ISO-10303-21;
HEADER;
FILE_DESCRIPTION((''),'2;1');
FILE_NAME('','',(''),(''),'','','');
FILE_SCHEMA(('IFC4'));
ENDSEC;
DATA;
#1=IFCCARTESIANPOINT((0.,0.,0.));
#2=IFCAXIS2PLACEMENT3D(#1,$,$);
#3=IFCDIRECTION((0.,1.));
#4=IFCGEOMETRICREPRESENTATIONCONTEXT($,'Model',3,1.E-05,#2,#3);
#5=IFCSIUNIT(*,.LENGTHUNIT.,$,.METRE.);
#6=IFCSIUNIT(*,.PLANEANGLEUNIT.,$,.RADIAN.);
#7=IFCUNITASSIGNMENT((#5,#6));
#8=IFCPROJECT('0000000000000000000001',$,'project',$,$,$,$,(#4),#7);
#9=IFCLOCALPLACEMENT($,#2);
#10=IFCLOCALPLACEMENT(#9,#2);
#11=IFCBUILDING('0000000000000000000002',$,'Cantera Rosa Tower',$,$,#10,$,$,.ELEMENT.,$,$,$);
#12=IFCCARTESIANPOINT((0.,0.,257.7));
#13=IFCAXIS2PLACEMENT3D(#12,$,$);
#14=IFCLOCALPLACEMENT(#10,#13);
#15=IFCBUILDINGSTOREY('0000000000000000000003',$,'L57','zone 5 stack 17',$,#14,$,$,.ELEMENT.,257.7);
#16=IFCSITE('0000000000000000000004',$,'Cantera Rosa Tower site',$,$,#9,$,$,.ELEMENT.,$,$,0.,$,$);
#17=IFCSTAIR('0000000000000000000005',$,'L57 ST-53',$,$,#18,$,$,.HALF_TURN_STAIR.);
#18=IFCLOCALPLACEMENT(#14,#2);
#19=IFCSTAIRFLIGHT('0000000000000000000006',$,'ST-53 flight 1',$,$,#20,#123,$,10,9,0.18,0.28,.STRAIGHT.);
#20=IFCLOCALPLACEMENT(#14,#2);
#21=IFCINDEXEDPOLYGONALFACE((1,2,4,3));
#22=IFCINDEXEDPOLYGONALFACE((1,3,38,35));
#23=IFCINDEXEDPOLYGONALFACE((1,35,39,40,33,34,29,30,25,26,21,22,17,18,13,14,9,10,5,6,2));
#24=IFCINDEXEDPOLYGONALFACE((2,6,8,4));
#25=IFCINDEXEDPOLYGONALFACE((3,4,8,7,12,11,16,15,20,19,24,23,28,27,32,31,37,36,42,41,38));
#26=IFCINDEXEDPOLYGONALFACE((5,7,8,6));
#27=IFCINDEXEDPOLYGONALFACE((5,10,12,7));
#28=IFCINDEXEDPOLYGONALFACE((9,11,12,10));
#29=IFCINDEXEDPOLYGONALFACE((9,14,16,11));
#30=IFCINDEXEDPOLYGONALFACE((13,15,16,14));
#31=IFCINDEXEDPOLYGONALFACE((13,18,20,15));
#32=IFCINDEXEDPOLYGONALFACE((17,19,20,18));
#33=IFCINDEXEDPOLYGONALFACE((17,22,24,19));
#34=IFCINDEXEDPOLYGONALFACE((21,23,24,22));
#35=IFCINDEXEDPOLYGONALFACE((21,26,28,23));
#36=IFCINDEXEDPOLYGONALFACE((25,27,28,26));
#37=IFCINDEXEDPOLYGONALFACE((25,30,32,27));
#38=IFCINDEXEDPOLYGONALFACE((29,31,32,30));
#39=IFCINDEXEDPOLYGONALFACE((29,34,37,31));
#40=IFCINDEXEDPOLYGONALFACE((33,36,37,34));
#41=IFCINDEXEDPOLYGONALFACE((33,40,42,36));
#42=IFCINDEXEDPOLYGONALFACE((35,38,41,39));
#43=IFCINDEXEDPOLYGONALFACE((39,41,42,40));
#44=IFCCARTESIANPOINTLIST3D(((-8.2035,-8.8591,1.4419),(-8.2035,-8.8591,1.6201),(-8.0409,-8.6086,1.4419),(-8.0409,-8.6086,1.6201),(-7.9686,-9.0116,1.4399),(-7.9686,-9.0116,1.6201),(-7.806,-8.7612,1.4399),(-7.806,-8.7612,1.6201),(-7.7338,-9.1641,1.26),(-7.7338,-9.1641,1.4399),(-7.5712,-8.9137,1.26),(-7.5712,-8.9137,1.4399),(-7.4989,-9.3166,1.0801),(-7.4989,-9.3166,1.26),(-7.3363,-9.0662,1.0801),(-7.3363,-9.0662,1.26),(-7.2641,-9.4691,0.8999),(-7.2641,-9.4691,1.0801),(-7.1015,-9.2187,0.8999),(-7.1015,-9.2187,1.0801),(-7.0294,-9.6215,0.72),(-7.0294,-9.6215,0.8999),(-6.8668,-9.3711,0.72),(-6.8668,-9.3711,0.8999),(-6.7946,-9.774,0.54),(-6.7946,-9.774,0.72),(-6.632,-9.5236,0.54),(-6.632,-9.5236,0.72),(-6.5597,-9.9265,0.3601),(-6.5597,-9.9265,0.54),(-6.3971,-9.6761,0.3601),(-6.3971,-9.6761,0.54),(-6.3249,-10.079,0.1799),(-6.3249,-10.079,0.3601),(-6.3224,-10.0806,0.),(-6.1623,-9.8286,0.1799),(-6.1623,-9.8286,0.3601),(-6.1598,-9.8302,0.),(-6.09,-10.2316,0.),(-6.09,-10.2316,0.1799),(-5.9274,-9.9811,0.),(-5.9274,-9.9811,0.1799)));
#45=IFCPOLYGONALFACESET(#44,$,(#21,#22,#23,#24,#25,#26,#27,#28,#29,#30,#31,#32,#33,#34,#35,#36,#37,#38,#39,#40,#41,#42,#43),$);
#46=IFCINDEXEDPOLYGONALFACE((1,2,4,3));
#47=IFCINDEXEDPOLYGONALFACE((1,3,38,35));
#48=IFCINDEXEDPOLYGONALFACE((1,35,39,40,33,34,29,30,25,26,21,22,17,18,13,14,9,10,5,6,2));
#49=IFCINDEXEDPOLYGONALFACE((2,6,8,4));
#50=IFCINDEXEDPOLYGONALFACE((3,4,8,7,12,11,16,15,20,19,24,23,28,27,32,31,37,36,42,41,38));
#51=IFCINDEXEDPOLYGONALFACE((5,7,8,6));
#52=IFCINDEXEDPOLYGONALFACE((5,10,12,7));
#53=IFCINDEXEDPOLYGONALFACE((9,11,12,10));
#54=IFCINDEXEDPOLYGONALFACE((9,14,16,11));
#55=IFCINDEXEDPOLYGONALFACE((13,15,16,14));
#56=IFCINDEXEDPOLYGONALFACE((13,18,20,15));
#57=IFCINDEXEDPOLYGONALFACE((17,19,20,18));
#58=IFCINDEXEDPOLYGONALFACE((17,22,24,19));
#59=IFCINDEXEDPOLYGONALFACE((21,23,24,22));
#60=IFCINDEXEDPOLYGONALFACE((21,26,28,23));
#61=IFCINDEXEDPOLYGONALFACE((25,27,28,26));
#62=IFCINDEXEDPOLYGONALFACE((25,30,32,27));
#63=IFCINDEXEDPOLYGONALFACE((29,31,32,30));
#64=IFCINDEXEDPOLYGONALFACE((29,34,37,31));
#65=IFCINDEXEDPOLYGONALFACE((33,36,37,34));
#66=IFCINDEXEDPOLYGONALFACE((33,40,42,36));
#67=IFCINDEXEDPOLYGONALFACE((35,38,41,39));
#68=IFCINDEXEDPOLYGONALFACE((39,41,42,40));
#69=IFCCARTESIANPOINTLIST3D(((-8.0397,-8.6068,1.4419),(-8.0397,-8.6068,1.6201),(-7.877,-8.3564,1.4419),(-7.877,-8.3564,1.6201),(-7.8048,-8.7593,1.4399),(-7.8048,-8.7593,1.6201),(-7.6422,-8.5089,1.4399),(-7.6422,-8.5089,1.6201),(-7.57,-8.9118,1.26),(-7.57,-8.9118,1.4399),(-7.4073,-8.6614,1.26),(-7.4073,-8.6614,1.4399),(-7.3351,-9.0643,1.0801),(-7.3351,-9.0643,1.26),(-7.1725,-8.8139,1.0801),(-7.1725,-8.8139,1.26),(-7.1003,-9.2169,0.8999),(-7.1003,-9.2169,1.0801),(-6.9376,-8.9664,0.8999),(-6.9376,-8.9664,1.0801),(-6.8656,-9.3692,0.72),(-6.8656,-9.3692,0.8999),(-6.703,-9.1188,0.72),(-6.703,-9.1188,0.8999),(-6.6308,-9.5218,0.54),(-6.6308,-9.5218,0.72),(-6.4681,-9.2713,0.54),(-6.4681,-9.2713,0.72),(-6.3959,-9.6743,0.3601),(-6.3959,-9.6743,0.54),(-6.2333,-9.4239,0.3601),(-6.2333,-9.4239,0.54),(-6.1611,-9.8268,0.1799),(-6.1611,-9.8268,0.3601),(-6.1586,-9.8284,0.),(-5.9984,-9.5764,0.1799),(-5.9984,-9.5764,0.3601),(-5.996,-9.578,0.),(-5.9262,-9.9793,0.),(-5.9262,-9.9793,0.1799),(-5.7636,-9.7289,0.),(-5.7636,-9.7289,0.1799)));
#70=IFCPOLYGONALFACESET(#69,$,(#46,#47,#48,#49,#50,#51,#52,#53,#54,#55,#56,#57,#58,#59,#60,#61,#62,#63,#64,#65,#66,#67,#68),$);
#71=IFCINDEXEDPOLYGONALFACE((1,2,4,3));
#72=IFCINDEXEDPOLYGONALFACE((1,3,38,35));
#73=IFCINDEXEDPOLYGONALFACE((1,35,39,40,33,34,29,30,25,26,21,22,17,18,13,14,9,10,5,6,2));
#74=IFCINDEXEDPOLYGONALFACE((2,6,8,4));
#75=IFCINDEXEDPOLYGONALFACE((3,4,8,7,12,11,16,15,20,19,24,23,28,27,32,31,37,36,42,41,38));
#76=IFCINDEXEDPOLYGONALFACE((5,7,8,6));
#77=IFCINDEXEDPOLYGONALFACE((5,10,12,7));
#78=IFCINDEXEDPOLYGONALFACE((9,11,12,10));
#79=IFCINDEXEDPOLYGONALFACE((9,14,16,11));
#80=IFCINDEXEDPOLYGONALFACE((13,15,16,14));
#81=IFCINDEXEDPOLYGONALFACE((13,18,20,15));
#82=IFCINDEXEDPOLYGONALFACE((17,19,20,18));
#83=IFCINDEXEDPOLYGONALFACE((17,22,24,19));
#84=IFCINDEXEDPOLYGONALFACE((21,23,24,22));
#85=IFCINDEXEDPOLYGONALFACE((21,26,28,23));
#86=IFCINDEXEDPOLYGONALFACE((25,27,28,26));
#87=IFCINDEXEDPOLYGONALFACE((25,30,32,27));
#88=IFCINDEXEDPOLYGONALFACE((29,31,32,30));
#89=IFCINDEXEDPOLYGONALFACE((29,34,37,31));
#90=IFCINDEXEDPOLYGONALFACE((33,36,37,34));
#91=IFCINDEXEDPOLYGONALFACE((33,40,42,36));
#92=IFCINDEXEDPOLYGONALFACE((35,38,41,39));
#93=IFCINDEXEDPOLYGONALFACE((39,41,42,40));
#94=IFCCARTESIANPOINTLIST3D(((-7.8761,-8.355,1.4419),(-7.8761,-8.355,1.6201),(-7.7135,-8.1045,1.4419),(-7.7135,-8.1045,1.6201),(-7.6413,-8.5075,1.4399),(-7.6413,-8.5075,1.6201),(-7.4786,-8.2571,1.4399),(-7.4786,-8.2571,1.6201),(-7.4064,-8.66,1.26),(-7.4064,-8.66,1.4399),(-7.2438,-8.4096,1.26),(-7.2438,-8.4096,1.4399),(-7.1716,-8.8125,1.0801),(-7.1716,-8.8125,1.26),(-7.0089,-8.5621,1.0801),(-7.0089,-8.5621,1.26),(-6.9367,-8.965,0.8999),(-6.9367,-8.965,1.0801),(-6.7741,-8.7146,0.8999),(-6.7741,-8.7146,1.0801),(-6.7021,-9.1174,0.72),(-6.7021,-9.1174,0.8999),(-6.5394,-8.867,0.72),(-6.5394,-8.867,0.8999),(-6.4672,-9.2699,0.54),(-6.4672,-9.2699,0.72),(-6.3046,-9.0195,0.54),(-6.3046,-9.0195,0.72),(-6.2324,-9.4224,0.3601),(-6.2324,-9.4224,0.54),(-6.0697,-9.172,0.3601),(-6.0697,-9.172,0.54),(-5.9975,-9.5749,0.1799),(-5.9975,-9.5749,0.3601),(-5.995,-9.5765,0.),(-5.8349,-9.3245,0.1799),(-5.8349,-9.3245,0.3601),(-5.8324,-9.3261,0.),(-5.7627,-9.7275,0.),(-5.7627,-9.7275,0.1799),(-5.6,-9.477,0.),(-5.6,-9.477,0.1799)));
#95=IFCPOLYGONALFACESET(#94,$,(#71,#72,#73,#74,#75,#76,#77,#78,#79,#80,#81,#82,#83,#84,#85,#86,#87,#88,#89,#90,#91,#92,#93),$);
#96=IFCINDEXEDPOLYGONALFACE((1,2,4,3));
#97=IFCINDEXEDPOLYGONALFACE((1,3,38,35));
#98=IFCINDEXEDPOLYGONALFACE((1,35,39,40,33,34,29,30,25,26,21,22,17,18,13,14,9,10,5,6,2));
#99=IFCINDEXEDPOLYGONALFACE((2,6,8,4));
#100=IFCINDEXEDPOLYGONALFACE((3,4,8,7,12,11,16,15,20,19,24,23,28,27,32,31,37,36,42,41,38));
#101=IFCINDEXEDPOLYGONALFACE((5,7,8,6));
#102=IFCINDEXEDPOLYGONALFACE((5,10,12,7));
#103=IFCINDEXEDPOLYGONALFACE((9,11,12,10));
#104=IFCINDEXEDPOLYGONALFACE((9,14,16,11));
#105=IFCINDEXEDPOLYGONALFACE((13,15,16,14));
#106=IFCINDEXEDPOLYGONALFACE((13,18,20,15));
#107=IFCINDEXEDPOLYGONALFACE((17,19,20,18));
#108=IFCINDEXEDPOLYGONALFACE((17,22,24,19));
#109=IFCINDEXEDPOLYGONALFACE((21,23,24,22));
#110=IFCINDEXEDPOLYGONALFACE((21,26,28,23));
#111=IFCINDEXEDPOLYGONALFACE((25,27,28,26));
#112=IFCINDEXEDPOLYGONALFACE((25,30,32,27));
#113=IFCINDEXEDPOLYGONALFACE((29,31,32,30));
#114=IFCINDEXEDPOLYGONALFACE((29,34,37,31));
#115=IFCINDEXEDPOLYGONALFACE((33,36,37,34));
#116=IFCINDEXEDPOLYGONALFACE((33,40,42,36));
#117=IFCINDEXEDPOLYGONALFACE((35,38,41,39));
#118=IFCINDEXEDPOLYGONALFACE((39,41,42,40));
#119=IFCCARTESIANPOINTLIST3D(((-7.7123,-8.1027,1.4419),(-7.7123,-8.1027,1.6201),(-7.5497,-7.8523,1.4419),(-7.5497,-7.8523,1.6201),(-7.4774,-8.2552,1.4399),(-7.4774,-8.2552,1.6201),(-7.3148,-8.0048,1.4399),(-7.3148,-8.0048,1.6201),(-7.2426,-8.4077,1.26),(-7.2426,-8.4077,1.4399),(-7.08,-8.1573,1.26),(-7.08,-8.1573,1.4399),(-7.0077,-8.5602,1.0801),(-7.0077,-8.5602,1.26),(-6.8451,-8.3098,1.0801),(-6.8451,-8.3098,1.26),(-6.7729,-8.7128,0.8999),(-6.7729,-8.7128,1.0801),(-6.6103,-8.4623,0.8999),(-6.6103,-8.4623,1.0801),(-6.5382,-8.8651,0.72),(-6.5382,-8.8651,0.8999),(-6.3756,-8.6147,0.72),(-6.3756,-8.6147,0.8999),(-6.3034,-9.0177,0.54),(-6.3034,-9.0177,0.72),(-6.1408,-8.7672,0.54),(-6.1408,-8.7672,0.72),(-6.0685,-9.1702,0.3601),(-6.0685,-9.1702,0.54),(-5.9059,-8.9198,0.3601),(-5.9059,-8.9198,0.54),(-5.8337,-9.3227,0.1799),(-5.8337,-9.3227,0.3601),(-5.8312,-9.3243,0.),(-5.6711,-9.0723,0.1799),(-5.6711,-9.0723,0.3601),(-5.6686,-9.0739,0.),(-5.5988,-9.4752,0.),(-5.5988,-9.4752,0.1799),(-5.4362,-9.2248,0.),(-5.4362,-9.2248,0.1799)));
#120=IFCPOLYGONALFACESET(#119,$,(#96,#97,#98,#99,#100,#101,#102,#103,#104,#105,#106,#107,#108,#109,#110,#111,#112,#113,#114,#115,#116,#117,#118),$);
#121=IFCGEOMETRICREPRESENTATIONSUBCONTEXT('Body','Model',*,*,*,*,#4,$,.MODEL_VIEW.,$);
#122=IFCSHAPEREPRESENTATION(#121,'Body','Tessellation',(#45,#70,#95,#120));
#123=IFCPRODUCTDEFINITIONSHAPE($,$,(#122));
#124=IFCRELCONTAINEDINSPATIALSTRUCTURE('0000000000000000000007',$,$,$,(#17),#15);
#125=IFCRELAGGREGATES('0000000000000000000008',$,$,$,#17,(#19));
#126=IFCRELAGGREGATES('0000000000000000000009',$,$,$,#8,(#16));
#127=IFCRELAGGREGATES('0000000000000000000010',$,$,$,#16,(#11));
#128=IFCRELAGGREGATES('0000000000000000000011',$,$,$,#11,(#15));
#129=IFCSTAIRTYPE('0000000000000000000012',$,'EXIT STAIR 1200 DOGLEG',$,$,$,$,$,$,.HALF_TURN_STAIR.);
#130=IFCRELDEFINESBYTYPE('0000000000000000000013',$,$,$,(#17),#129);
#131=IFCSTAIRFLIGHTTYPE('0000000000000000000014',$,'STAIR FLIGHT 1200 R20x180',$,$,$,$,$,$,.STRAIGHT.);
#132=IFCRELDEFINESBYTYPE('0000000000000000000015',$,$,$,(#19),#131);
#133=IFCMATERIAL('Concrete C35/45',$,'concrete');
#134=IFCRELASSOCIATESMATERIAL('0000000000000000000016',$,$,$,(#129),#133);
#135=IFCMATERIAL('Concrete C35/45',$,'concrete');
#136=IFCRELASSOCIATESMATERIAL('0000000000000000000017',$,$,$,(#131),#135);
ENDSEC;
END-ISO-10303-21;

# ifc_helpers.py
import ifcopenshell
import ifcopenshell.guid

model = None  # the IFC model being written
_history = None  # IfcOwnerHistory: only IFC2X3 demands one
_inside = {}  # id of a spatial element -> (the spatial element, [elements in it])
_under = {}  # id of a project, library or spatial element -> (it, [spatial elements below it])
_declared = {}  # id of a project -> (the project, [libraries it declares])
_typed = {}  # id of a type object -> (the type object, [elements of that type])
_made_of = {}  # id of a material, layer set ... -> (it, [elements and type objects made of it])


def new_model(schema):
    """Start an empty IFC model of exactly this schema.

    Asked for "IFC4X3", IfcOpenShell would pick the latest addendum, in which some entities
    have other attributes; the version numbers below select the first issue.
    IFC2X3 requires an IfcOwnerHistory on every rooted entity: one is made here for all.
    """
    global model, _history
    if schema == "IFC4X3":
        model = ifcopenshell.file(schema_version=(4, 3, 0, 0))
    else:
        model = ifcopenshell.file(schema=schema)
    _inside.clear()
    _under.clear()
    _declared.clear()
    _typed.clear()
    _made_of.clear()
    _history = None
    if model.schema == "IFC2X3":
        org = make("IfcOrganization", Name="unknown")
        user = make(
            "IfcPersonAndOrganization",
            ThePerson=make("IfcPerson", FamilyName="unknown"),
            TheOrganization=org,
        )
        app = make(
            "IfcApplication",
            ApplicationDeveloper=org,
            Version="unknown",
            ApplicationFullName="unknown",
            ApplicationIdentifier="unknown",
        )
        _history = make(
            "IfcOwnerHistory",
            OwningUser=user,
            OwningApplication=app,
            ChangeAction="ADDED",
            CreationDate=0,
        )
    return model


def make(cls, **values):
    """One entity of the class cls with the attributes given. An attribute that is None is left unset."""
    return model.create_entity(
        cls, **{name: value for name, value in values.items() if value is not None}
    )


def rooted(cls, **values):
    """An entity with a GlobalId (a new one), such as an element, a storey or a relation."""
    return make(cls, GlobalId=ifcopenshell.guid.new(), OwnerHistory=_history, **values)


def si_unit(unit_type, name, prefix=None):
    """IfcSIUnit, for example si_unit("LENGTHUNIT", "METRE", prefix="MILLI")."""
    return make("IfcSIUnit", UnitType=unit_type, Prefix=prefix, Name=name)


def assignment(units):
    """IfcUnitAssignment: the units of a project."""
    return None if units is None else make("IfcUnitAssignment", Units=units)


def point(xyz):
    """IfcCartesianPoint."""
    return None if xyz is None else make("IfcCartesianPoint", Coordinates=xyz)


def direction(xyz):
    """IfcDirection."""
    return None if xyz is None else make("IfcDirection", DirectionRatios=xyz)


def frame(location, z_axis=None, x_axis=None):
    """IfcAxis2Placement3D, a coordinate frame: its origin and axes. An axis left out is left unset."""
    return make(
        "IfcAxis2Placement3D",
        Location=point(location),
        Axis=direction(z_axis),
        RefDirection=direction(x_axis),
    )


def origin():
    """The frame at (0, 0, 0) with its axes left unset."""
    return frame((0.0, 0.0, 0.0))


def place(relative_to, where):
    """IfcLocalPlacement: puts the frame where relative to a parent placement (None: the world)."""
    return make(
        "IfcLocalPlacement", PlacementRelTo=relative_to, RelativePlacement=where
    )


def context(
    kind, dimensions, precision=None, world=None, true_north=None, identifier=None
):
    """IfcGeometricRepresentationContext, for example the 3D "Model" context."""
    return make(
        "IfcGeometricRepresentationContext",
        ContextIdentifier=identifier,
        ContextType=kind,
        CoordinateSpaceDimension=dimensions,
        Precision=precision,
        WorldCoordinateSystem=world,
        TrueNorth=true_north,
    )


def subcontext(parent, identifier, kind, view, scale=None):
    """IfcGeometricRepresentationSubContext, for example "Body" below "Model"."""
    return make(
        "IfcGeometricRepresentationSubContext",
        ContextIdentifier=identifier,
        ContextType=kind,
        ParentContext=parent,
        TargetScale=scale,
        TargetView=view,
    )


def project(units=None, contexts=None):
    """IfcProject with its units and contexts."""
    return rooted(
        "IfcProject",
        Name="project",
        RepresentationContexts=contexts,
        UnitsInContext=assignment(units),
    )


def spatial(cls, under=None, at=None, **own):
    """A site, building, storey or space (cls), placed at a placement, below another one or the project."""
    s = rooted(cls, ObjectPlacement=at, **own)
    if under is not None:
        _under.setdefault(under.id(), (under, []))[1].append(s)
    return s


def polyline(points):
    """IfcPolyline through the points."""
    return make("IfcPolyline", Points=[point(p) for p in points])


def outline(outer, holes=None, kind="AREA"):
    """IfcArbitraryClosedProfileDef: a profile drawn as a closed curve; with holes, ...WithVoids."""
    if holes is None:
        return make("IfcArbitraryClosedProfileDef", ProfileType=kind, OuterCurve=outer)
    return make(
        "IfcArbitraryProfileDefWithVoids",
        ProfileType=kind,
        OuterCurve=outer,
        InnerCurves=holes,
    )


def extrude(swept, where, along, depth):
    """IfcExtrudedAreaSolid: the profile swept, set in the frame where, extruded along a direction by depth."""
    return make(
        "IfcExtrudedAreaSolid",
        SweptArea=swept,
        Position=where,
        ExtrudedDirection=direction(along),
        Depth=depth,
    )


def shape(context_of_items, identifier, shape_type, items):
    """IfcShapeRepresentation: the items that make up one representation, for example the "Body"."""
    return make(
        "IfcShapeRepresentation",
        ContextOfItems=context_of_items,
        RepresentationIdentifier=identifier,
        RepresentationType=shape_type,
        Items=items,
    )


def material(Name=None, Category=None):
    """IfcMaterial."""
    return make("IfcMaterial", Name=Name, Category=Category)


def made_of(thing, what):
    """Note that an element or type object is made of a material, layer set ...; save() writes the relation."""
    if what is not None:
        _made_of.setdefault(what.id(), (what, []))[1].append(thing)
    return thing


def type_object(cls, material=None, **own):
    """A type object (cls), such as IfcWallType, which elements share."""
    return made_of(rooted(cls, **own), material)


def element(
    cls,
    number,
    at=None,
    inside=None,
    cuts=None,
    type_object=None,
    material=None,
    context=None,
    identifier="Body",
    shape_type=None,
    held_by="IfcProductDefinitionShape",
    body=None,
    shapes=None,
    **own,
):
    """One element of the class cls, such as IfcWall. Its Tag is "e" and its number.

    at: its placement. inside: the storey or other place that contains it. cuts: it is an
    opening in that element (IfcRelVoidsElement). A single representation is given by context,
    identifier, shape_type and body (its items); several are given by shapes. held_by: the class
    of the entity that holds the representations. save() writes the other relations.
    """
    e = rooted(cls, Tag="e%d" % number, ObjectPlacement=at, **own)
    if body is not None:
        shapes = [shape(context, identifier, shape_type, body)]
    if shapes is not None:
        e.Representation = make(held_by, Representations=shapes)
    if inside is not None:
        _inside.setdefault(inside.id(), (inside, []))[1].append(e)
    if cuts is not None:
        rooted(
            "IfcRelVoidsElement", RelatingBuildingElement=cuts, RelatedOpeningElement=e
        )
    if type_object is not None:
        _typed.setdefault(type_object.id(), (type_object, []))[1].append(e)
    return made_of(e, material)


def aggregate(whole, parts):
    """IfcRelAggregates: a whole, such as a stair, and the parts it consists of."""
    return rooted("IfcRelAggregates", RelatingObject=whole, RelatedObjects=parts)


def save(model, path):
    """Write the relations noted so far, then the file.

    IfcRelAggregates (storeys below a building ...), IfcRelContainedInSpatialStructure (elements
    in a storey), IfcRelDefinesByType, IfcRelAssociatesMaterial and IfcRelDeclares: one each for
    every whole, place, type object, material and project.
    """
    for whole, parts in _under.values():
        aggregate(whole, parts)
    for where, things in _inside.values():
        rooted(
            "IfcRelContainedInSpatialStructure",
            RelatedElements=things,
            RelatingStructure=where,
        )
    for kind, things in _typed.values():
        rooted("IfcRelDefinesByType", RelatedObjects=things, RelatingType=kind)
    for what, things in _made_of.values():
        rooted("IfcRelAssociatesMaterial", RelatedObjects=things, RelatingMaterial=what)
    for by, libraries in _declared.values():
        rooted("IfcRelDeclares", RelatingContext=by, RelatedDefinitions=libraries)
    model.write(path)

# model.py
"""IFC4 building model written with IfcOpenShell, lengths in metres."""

from ifc_helpers import new_model, si_unit, direction, frame, origin, place, context, subcontext, project, spatial, polyline, outline, extrude, material, type_object, element, aggregate, save


model = new_model("IFC4")

# Units and contexts
model_context = context("Model", 3, precision=1e-05, world=origin(), true_north=direction((0.0, 1.0)))
body_context = subcontext(model_context, "Body", "Model", "MODEL_VIEW")
ifc_project = project(units=[si_unit("LENGTHUNIT", "METRE"), si_unit("PLANEANGLEUNIT", "RADIAN")], contexts=[model_context])

# Site, building, storey
site_placement = place(None, origin())
site = spatial("IfcSite", under=ifc_project, at=site_placement, Name="Cantera Rosa Tower site", CompositionType="ELEMENT", RefElevation=0.0)
building_placement = place(site_placement, origin())
building = spatial("IfcBuilding", under=site, at=building_placement, Name="Cantera Rosa Tower", CompositionType="ELEMENT")
storey_placement = place(building_placement, frame((0.0, 0.0, 257.7)))
storey = spatial("IfcBuildingStorey", under=building, at=storey_placement, Name="L57", Description="zone 5 stack 17", CompositionType="ELEMENT", Elevation=257.7)

# Stair, stair flight
ifc_material_1 = material(Name="Concrete C35/45", Category="concrete")
stair_type = type_object("IfcStairType", Name="EXIT STAIR 1200 DOGLEG", PredefinedType="HALF_TURN_STAIR", material=ifc_material_1)
stair_placement = place(storey_placement, origin())
stair = element("IfcStair", 1, at=stair_placement, inside=storey, type_object=stair_type, Name="L57 ST-53", PredefinedType="HALF_TURN_STAIR")
ifc_material_2 = material(Name="Concrete C35/45", Category="concrete")
stair_flight_type = type_object("IfcStairFlightType", Name="STAIR FLIGHT 1200 R20x180", PredefinedType="STRAIGHT", material=ifc_material_2)
stair_flight_1_placement = place(storey_placement, frame((-5.7632, -9.7283, 0.0), z_axis=(0.0, 0.0, 1.0), x_axis=(-0.838671, 0.544639, 0.0)))
stair_flight_1 = element("IfcStairFlight", 2, at=stair_flight_1_placement, type_object=stair_flight_type, Name="ST-53 flight 1", NumberOfRisers=10, NumberOfTreads=9, PredefinedType="STRAIGHT", RiserHeight=0.18, TreadLength=0.28, context=body_context, shape_type="SweptSolid", body=[
    extrude(outline(polyline([(0.0, 0.0), (0.0, 0.1799), (0.28, 0.1799), (0.28, 0.3601), (0.5601, 0.3601), (0.5601, 0.54), (0.8401, 0.54), (0.8401, 0.72), (1.1201, 0.72), (1.1201, 0.8999), (1.3999, 0.8999), (1.3999, 1.0801), (1.6799, 1.0801), (1.6799, 1.26), (1.96, 1.26), (1.96, 1.4399), (2.24, 1.4399), (2.24, 1.6201), (2.52, 1.6201), (2.52, 1.8), (2.52, 1.4419), (0.2771, 0.0), (0.0, 0.0)])), frame((0.0, 0.6001, 0.0), z_axis=(0.0, -1.0, 0.0), x_axis=(1.0, 0.0, 0.0)), (0.0, 0.0, 1.0), 0.2986),
    extrude(outline(polyline([(0.0, 0.0), (0.0, 0.1799), (0.28, 0.1799), (0.28, 0.3601), (0.5601, 0.3601), (0.5601, 0.54), (0.8401, 0.54), (0.8401, 0.72), (1.1201, 0.72), (1.1201, 0.8999), (1.3999, 0.8999), (1.3999, 1.0801), (1.6799, 1.0801), (1.6799, 1.26), (1.96, 1.26), (1.96, 1.4399), (2.24, 1.4399), (2.24, 1.6201), (2.52, 1.6201), (2.52, 1.8), (2.52, 1.4419), (0.2771, 0.0), (0.0, 0.0)])), frame((0.0, 0.2993, 0.0), z_axis=(0.0, -1.0, 0.0), x_axis=(1.0, 0.0, 0.0)), (0.0, 0.0, 1.0), 0.2986),
    extrude(outline(polyline([(0.0, 0.0), (0.0, 0.1799), (0.28, 0.1799), (0.28, 0.3601), (0.5601, 0.3601), (0.5601, 0.54), (0.8401, 0.54), (0.8401, 0.72), (1.1201, 0.72), (1.1201, 0.8999), (1.3999, 0.8999), (1.3999, 1.0801), (1.6799, 1.0801), (1.6799, 1.26), (1.96, 1.26), (1.96, 1.4399), (2.24, 1.4399), (2.24, 1.6201), (2.52, 1.6201), (2.52, 1.8), (2.52, 1.4419), (0.2771, 0.0), (0.0, 0.0)])), frame((0.0, -0.001, 0.0), z_axis=(0.0, -1.0, 0.0), x_axis=(1.0, 0.0, 0.0)), (0.0, 0.0, 1.0), 0.2986),
    extrude(outline(polyline([(0.0, 0.0), (0.0, 0.1799), (0.28, 0.1799), (0.28, 0.3601), (0.5601, 0.3601), (0.5601, 0.54), (0.8401, 0.54), (0.8401, 0.72), (1.1201, 0.72), (1.1201, 0.8999), (1.3999, 0.8999), (1.3999, 1.0801), (1.6799, 1.0801), (1.6799, 1.26), (1.96, 1.26), (1.96, 1.4399), (2.24, 1.4399), (2.24, 1.6201), (2.52, 1.6201), (2.52, 1.8), (2.52, 1.4419), (0.2771, 0.0), (0.0, 0.0)])), frame((0.0, -0.3018, 0.0), z_axis=(0.0, -1.0, 0.0), x_axis=(1.0, 0.0, 0.0)), (0.0, 0.0, 1.0), 0.2986),
])
aggregate(stair, [stair_flight_1])

save(model, "model.ifc")
